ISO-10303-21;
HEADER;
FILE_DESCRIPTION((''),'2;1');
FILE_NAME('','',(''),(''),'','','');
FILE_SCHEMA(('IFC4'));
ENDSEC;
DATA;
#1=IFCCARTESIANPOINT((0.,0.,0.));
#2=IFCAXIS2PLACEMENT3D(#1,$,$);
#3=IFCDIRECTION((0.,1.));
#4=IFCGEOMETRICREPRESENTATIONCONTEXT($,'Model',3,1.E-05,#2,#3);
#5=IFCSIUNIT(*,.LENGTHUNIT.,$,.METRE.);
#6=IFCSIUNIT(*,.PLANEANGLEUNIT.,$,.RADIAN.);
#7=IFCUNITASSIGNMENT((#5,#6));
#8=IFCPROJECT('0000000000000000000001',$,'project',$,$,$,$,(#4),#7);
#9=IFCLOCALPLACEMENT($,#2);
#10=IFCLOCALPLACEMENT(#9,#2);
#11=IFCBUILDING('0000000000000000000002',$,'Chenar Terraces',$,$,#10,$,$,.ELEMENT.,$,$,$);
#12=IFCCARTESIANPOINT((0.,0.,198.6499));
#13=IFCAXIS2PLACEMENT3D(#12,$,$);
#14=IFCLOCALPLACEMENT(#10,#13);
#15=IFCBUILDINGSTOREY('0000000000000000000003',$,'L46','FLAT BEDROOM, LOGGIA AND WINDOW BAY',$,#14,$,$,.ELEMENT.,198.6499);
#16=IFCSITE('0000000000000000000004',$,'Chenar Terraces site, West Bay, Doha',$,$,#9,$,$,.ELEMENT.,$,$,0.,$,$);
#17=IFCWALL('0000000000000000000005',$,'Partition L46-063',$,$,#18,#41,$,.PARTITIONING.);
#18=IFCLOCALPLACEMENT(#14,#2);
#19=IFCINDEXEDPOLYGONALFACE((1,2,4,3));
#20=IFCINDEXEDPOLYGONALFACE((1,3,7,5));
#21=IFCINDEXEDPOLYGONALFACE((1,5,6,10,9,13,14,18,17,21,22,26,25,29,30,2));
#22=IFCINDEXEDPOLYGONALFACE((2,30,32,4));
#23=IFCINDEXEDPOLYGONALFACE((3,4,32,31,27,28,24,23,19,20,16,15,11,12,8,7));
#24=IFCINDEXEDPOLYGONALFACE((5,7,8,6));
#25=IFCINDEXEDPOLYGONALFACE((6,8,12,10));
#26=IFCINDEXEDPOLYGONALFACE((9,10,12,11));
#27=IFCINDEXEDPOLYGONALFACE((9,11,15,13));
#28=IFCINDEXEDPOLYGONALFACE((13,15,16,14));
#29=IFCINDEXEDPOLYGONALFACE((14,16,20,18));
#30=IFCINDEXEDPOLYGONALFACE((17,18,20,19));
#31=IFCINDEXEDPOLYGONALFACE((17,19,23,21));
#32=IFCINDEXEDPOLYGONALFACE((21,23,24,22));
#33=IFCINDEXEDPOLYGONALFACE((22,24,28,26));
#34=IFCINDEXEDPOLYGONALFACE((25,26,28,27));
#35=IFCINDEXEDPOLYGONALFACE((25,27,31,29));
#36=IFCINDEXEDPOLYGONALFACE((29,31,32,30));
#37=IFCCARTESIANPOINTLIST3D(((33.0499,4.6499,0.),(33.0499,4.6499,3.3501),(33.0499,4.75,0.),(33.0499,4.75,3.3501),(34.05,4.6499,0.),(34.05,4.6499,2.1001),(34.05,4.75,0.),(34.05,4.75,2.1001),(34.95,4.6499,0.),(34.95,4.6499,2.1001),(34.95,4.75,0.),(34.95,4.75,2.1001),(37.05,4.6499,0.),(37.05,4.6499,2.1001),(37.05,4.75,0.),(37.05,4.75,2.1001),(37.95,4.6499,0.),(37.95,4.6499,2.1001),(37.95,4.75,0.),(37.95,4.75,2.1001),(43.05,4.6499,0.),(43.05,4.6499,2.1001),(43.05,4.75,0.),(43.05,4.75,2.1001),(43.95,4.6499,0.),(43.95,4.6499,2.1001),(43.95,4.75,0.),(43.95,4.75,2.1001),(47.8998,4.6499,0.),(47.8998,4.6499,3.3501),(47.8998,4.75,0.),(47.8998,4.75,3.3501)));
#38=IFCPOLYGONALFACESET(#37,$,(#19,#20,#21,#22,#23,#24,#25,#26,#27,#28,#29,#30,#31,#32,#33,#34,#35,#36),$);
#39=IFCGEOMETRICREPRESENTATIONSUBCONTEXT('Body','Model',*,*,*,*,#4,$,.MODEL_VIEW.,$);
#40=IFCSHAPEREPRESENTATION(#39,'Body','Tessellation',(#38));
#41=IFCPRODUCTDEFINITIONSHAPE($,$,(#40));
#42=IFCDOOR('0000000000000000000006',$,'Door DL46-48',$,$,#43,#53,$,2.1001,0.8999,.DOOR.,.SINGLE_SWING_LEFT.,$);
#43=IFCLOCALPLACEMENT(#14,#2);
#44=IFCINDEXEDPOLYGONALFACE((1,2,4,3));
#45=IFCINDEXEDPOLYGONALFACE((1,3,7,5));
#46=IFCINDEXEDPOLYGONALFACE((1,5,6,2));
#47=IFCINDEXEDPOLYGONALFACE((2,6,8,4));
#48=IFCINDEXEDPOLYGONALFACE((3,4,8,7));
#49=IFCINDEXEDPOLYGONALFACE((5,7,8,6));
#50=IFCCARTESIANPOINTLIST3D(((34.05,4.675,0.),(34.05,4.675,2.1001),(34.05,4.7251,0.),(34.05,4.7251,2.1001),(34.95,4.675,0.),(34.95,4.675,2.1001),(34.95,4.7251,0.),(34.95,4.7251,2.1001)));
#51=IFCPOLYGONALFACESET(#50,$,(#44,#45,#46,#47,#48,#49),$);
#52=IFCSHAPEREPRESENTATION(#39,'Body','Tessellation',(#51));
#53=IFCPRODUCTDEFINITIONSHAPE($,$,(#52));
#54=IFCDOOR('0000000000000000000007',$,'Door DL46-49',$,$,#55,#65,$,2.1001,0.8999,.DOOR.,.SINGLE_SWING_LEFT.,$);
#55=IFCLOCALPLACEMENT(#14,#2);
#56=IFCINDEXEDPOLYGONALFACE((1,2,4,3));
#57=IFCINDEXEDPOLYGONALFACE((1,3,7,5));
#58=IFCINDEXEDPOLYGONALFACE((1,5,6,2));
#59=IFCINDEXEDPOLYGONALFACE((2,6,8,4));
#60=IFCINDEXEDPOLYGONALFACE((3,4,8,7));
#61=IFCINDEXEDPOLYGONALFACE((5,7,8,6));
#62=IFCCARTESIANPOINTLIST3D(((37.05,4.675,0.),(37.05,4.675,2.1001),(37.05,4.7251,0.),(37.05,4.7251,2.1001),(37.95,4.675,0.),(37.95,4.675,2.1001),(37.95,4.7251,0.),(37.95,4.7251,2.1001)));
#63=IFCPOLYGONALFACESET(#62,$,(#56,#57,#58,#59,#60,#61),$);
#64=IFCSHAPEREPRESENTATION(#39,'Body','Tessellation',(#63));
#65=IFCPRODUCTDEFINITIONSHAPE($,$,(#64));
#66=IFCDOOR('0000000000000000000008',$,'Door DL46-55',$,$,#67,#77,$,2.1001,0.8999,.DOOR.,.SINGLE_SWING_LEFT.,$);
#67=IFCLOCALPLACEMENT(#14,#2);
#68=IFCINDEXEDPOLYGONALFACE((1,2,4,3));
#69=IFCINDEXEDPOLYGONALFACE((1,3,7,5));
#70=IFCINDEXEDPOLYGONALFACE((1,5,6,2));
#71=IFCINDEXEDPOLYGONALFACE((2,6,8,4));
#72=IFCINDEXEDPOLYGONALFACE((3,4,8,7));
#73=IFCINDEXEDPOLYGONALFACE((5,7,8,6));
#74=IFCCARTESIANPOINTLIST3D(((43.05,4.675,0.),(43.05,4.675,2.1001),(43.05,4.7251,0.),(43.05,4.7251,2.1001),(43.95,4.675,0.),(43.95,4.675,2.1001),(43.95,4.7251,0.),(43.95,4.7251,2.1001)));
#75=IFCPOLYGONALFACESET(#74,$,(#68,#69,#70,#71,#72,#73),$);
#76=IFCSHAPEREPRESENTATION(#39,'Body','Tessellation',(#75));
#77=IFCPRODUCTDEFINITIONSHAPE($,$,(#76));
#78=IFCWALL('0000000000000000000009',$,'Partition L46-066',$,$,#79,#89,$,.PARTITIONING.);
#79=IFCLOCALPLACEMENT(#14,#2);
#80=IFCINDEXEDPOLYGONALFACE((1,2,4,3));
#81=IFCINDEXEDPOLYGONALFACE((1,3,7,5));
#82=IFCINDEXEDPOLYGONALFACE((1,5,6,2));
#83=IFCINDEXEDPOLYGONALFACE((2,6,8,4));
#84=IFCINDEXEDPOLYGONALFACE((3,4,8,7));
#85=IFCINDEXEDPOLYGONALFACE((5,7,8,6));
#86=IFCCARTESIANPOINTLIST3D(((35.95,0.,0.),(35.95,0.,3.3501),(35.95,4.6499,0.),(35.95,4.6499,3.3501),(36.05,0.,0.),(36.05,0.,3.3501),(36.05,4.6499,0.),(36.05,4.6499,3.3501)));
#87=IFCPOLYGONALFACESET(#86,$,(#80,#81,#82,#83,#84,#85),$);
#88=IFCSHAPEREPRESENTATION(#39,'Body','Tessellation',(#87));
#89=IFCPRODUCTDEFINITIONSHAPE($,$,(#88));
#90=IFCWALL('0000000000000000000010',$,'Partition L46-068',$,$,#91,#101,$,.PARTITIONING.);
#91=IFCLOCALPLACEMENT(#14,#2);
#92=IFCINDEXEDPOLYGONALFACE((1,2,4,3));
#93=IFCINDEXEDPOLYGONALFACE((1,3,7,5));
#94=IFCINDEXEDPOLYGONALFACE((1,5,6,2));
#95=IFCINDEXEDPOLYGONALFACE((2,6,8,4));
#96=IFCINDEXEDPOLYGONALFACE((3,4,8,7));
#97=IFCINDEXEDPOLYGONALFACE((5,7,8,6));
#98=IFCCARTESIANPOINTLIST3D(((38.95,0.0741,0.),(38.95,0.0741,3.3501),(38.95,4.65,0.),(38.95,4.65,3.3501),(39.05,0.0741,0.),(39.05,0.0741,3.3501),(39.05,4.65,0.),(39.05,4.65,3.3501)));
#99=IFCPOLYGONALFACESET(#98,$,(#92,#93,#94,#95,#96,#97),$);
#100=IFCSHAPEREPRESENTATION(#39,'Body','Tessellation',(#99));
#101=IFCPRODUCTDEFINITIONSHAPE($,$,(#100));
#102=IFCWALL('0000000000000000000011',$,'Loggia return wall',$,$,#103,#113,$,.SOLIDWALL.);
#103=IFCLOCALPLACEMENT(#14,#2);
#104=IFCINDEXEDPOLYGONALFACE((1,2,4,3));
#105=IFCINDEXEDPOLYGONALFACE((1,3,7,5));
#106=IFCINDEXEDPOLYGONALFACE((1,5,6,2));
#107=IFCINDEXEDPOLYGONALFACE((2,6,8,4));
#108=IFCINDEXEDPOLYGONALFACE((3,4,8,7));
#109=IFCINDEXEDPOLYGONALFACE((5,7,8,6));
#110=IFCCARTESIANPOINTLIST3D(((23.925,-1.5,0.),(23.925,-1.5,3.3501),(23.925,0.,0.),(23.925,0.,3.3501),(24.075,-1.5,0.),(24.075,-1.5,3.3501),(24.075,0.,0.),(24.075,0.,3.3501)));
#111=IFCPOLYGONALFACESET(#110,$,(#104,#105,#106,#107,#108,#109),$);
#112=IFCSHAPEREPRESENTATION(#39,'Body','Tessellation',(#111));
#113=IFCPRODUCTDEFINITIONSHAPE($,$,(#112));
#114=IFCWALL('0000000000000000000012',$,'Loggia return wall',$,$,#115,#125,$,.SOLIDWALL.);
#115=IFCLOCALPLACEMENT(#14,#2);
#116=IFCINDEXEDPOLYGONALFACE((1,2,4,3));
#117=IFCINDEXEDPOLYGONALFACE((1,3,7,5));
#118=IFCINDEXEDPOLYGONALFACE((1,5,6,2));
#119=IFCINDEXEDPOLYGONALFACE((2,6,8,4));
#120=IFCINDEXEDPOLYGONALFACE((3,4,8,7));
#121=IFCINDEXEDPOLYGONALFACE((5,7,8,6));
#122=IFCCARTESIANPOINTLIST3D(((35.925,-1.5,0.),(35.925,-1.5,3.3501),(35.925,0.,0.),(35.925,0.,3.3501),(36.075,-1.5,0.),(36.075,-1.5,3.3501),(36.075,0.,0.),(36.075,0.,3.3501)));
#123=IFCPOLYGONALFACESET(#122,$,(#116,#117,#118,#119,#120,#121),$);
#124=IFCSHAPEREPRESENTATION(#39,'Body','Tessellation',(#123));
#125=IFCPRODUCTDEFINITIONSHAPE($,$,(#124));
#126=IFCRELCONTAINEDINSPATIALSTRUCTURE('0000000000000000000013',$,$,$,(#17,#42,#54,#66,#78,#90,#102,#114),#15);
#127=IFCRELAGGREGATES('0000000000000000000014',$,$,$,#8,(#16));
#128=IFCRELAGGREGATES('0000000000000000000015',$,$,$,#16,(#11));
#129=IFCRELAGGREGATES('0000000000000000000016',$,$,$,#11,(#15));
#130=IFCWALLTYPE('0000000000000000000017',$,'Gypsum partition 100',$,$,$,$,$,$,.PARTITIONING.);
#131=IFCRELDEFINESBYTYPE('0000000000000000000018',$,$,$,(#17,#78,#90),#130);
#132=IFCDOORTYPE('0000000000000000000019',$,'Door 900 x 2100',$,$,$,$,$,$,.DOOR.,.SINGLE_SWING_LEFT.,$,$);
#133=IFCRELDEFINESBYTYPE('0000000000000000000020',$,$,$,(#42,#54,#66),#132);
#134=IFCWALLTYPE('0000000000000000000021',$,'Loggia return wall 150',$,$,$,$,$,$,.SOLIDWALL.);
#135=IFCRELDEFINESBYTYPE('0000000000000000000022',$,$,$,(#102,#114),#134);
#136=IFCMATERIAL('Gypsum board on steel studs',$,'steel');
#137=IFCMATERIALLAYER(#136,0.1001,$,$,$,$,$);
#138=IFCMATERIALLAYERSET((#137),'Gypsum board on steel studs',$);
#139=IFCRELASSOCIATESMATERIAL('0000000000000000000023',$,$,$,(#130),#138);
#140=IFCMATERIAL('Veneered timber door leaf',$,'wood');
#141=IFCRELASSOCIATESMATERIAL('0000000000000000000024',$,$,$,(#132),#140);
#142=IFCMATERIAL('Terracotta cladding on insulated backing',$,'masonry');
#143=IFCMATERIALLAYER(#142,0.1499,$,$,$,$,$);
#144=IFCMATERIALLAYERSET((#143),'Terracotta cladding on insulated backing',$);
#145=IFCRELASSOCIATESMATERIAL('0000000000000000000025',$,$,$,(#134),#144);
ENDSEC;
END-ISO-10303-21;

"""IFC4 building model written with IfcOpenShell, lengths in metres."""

from ifc_helpers import new_model, si_unit, direction, frame, frame_2d, origin, place, context, subcontext, project, spatial, rectangle, extrude, material, layer, layer_set, type_object, element, fill, save


model = new_model("IFC4")

# Units and contexts
model_context = context("Model", 3, precision=1e-05, world=origin(), true_north=direction((0.0, 1.0)))
body_context = subcontext(model_context, "Body", "Model", "MODEL_VIEW")
ifc_project = project(units=[si_unit("LENGTHUNIT", "METRE"), si_unit("PLANEANGLEUNIT", "RADIAN")], contexts=[model_context])

# Site, building, storey
site_placement = place(None, origin())
site = spatial("IfcSite", under=ifc_project, at=site_placement, Name="Chenar Terraces site, West Bay, Doha", CompositionType="ELEMENT", RefElevation=0.0)
building_placement = place(site_placement, origin())
building = spatial("IfcBuilding", under=site, at=building_placement, Name="Chenar Terraces", CompositionType="ELEMENT")
storey_placement = place(building_placement, frame((0.0, 0.0, 198.6499)))
storey = spatial("IfcBuildingStorey", under=building, at=storey_placement, Name="L46", Description="FLAT BEDROOM, LOGGIA AND WINDOW BAY", CompositionType="ELEMENT", Elevation=198.6499)

# Shared definitions
ifc_material_1 = material(Name="Gypsum board on steel studs", Category="steel")
ifc_layer_1 = layer(ifc_material_1, 0.1001)
ifc_layer_set_1 = layer_set([ifc_layer_1], Name="Gypsum board on steel studs")
wall_type_1 = type_object("IfcWallType", Name="Gypsum partition 100", PredefinedType="PARTITIONING", material=ifc_layer_set_1)

# Shared definitions
ifc_material_2 = material(Name="Veneered timber door leaf", Category="wood")
door_type_1 = type_object("IfcDoorType", Name="Door 900 x 2100", OperationType="SINGLE_SWING_LEFT", PredefinedType="DOOR", material=ifc_material_2)

# Wall, openings, doors
wall_1_placement = place(storey_placement, frame((33.05, 4.7, 0.0), z_axis=(0.0, 0.0, 1.0), x_axis=(1.0, 0.0, 0.0)))
wall_1 = element("IfcWall", 1, at=wall_1_placement, inside=storey, type_object=wall_type_1, Name="Partition L46-063", PredefinedType="PARTITIONING", context=body_context, shape_type="SweptSolid", body=[
    extrude(rectangle(XDim=14.8499, YDim=0.1001, at=frame_2d((7.4248, 0.0))), origin(), (0.0, 0.0, 1.0), 3.3501),
])
opening_1_placement = place(wall_1_placement, frame((1.0, 0.0, 0.0)))
opening_1 = element("IfcOpeningElement", 2, at=opening_1_placement, cuts=wall_1, PredefinedType="OPENING", context=body_context, shape_type="SweptSolid", body=[
    extrude(rectangle(XDim=0.8999, YDim=2.1001, at=frame_2d((0.45, 1.05))), frame((0.0, 0.0601, 0.0), z_axis=(0.0, -1.0, 0.0), x_axis=(1.0, 0.0, 0.0)), (0.0, 0.0, 1.0), 0.1201),
])
opening_2_placement = place(wall_1_placement, frame((4.0, 0.0, 0.0)))
opening_2 = element("IfcOpeningElement", 3, at=opening_2_placement, cuts=wall_1, PredefinedType="OPENING", context=body_context, shape_type="SweptSolid", body=[
    extrude(rectangle(XDim=0.8999, YDim=2.1001, at=frame_2d((0.45, 1.05))), frame((0.0, 0.0601, 0.0), z_axis=(0.0, -1.0, 0.0), x_axis=(1.0, 0.0, 0.0)), (0.0, 0.0, 1.0), 0.1201),
])
opening_3_placement = place(wall_1_placement, frame((10.0, 0.0, 0.0)))
opening_3 = element("IfcOpeningElement", 4, at=opening_3_placement, cuts=wall_1, PredefinedType="OPENING", context=body_context, shape_type="SweptSolid", body=[
    extrude(rectangle(XDim=0.8999, YDim=2.1001, at=frame_2d((0.45, 1.05))), frame((0.0, 0.0601, 0.0), z_axis=(0.0, -1.0, 0.0), x_axis=(1.0, 0.0, 0.0)), (0.0, 0.0, 1.0), 0.1201),
])
door_1_placement = place(opening_1_placement, frame((0.8999, 0.0, 0.0), z_axis=(0.0, 0.0, 1.0), x_axis=(-1.0, 0.0, 0.0)))
door_1 = element("IfcDoor", 5, at=door_1_placement, inside=storey, type_object=door_type_1, Name="Door DL46-48", OperationType="SINGLE_SWING_LEFT", OverallHeight=2.1001, OverallWidth=0.8999, PredefinedType="DOOR", context=body_context, shape_type="SweptSolid", body=[
    extrude(rectangle(XDim=0.8999, YDim=2.1001, at=frame_2d((0.45, 1.05))), frame((0.0, 0.0249, 0.0), z_axis=(0.0, -1.0, 0.0), x_axis=(1.0, 0.0, 0.0)), (0.0, 0.0, 1.0), 0.05),
])
fill(opening_1, door_1)
door_2_placement = place(opening_2_placement, frame((0.8999, 0.0, 0.0), z_axis=(0.0, 0.0, 1.0), x_axis=(-1.0, 0.0, 0.0)))
door_2 = element("IfcDoor", 6, at=door_2_placement, inside=storey, type_object=door_type_1, Name="Door DL46-49", OperationType="SINGLE_SWING_LEFT", OverallHeight=2.1001, OverallWidth=0.8999, PredefinedType="DOOR", context=body_context, shape_type="SweptSolid", body=[
    extrude(rectangle(XDim=0.8999, YDim=2.1001, at=frame_2d((0.45, 1.05))), frame((0.0, 0.0249, 0.0), z_axis=(0.0, -1.0, 0.0), x_axis=(1.0, 0.0, 0.0)), (0.0, 0.0, 1.0), 0.05),
])
fill(opening_2, door_2)
door_3_placement = place(opening_3_placement, frame((0.8999, 0.0, 0.0), z_axis=(0.0, 0.0, 1.0), x_axis=(-1.0, 0.0, 0.0)))
door_3 = element("IfcDoor", 7, at=door_3_placement, inside=storey, type_object=door_type_1, Name="Door DL46-55", OperationType="SINGLE_SWING_LEFT", OverallHeight=2.1001, OverallWidth=0.8999, PredefinedType="DOOR", context=body_context, shape_type="SweptSolid", body=[
    extrude(rectangle(XDim=0.8999, YDim=2.1001, at=frame_2d((0.45, 1.05))), frame((0.0, 0.0249, 0.0), z_axis=(0.0, -1.0, 0.0), x_axis=(1.0, 0.0, 0.0)), (0.0, 0.0, 1.0), 0.05),
])
fill(opening_3, door_3)

# Walls
wall_2_placement = place(storey_placement, frame((36.0, 0.0, 0.0), z_axis=(0.0, 0.0, 1.0), x_axis=(0.0, 1.0, 0.0)))
element("IfcWall", 8, at=wall_2_placement, inside=storey, type_object=wall_type_1, Name="Partition L46-066", PredefinedType="PARTITIONING", context=body_context, shape_type="SweptSolid", body=[
    extrude(rectangle(XDim=4.6499, YDim=0.1001, at=frame_2d((2.325, 0.0))), origin(), (0.0, 0.0, 1.0), 3.3501),
])
wall_3_placement = place(storey_placement, frame((39.0, 0.074, 0.0), z_axis=(0.0, 0.0, 1.0), x_axis=(0.0, 1.0, 0.0)))
element("IfcWall", 9, at=wall_3_placement, inside=storey, type_object=wall_type_1, Name="Partition L46-068", PredefinedType="PARTITIONING", context=body_context, shape_type="SweptSolid", body=[
    extrude(rectangle(XDim=4.5759, YDim=0.1001, at=frame_2d((2.2881, 0.0))), origin(), (0.0, 0.0, 1.0), 3.3501),
])
ifc_material_3 = material(Name="Terracotta cladding on insulated backing", Category="masonry")
ifc_layer_2 = layer(ifc_material_3, 0.1499)
ifc_layer_set_2 = layer_set([ifc_layer_2], Name="Terracotta cladding on insulated backing")
wall_type_2 = type_object("IfcWallType", Name="Loggia return wall 150", PredefinedType="SOLIDWALL", material=ifc_layer_set_2)
for number, where, z_axis, x_axis, name in (
    (10, (24.0, -1.5, 0.0), (0.0, 0.0, 1.0), (0.0, 1.0, 0.0), "Loggia return wall"),
    (11, (36.0, -1.5, 0.0), (0.0, 0.0, 1.0), (0.0, 1.0, 0.0), "Loggia return wall"),
):
    element("IfcWall", number, at=place(storey_placement, frame(where, z_axis=z_axis, x_axis=x_axis)), inside=storey, type_object=wall_type_2, Name=name, PredefinedType="SOLIDWALL", context=body_context, shape_type="SweptSolid", body=[
        extrude(rectangle(XDim=1.5, YDim=0.1499, at=frame_2d((0.75, 0.0))), origin(), (0.0, 0.0, 1.0), 3.3501),
    ])

save(model, "model.ifc")
